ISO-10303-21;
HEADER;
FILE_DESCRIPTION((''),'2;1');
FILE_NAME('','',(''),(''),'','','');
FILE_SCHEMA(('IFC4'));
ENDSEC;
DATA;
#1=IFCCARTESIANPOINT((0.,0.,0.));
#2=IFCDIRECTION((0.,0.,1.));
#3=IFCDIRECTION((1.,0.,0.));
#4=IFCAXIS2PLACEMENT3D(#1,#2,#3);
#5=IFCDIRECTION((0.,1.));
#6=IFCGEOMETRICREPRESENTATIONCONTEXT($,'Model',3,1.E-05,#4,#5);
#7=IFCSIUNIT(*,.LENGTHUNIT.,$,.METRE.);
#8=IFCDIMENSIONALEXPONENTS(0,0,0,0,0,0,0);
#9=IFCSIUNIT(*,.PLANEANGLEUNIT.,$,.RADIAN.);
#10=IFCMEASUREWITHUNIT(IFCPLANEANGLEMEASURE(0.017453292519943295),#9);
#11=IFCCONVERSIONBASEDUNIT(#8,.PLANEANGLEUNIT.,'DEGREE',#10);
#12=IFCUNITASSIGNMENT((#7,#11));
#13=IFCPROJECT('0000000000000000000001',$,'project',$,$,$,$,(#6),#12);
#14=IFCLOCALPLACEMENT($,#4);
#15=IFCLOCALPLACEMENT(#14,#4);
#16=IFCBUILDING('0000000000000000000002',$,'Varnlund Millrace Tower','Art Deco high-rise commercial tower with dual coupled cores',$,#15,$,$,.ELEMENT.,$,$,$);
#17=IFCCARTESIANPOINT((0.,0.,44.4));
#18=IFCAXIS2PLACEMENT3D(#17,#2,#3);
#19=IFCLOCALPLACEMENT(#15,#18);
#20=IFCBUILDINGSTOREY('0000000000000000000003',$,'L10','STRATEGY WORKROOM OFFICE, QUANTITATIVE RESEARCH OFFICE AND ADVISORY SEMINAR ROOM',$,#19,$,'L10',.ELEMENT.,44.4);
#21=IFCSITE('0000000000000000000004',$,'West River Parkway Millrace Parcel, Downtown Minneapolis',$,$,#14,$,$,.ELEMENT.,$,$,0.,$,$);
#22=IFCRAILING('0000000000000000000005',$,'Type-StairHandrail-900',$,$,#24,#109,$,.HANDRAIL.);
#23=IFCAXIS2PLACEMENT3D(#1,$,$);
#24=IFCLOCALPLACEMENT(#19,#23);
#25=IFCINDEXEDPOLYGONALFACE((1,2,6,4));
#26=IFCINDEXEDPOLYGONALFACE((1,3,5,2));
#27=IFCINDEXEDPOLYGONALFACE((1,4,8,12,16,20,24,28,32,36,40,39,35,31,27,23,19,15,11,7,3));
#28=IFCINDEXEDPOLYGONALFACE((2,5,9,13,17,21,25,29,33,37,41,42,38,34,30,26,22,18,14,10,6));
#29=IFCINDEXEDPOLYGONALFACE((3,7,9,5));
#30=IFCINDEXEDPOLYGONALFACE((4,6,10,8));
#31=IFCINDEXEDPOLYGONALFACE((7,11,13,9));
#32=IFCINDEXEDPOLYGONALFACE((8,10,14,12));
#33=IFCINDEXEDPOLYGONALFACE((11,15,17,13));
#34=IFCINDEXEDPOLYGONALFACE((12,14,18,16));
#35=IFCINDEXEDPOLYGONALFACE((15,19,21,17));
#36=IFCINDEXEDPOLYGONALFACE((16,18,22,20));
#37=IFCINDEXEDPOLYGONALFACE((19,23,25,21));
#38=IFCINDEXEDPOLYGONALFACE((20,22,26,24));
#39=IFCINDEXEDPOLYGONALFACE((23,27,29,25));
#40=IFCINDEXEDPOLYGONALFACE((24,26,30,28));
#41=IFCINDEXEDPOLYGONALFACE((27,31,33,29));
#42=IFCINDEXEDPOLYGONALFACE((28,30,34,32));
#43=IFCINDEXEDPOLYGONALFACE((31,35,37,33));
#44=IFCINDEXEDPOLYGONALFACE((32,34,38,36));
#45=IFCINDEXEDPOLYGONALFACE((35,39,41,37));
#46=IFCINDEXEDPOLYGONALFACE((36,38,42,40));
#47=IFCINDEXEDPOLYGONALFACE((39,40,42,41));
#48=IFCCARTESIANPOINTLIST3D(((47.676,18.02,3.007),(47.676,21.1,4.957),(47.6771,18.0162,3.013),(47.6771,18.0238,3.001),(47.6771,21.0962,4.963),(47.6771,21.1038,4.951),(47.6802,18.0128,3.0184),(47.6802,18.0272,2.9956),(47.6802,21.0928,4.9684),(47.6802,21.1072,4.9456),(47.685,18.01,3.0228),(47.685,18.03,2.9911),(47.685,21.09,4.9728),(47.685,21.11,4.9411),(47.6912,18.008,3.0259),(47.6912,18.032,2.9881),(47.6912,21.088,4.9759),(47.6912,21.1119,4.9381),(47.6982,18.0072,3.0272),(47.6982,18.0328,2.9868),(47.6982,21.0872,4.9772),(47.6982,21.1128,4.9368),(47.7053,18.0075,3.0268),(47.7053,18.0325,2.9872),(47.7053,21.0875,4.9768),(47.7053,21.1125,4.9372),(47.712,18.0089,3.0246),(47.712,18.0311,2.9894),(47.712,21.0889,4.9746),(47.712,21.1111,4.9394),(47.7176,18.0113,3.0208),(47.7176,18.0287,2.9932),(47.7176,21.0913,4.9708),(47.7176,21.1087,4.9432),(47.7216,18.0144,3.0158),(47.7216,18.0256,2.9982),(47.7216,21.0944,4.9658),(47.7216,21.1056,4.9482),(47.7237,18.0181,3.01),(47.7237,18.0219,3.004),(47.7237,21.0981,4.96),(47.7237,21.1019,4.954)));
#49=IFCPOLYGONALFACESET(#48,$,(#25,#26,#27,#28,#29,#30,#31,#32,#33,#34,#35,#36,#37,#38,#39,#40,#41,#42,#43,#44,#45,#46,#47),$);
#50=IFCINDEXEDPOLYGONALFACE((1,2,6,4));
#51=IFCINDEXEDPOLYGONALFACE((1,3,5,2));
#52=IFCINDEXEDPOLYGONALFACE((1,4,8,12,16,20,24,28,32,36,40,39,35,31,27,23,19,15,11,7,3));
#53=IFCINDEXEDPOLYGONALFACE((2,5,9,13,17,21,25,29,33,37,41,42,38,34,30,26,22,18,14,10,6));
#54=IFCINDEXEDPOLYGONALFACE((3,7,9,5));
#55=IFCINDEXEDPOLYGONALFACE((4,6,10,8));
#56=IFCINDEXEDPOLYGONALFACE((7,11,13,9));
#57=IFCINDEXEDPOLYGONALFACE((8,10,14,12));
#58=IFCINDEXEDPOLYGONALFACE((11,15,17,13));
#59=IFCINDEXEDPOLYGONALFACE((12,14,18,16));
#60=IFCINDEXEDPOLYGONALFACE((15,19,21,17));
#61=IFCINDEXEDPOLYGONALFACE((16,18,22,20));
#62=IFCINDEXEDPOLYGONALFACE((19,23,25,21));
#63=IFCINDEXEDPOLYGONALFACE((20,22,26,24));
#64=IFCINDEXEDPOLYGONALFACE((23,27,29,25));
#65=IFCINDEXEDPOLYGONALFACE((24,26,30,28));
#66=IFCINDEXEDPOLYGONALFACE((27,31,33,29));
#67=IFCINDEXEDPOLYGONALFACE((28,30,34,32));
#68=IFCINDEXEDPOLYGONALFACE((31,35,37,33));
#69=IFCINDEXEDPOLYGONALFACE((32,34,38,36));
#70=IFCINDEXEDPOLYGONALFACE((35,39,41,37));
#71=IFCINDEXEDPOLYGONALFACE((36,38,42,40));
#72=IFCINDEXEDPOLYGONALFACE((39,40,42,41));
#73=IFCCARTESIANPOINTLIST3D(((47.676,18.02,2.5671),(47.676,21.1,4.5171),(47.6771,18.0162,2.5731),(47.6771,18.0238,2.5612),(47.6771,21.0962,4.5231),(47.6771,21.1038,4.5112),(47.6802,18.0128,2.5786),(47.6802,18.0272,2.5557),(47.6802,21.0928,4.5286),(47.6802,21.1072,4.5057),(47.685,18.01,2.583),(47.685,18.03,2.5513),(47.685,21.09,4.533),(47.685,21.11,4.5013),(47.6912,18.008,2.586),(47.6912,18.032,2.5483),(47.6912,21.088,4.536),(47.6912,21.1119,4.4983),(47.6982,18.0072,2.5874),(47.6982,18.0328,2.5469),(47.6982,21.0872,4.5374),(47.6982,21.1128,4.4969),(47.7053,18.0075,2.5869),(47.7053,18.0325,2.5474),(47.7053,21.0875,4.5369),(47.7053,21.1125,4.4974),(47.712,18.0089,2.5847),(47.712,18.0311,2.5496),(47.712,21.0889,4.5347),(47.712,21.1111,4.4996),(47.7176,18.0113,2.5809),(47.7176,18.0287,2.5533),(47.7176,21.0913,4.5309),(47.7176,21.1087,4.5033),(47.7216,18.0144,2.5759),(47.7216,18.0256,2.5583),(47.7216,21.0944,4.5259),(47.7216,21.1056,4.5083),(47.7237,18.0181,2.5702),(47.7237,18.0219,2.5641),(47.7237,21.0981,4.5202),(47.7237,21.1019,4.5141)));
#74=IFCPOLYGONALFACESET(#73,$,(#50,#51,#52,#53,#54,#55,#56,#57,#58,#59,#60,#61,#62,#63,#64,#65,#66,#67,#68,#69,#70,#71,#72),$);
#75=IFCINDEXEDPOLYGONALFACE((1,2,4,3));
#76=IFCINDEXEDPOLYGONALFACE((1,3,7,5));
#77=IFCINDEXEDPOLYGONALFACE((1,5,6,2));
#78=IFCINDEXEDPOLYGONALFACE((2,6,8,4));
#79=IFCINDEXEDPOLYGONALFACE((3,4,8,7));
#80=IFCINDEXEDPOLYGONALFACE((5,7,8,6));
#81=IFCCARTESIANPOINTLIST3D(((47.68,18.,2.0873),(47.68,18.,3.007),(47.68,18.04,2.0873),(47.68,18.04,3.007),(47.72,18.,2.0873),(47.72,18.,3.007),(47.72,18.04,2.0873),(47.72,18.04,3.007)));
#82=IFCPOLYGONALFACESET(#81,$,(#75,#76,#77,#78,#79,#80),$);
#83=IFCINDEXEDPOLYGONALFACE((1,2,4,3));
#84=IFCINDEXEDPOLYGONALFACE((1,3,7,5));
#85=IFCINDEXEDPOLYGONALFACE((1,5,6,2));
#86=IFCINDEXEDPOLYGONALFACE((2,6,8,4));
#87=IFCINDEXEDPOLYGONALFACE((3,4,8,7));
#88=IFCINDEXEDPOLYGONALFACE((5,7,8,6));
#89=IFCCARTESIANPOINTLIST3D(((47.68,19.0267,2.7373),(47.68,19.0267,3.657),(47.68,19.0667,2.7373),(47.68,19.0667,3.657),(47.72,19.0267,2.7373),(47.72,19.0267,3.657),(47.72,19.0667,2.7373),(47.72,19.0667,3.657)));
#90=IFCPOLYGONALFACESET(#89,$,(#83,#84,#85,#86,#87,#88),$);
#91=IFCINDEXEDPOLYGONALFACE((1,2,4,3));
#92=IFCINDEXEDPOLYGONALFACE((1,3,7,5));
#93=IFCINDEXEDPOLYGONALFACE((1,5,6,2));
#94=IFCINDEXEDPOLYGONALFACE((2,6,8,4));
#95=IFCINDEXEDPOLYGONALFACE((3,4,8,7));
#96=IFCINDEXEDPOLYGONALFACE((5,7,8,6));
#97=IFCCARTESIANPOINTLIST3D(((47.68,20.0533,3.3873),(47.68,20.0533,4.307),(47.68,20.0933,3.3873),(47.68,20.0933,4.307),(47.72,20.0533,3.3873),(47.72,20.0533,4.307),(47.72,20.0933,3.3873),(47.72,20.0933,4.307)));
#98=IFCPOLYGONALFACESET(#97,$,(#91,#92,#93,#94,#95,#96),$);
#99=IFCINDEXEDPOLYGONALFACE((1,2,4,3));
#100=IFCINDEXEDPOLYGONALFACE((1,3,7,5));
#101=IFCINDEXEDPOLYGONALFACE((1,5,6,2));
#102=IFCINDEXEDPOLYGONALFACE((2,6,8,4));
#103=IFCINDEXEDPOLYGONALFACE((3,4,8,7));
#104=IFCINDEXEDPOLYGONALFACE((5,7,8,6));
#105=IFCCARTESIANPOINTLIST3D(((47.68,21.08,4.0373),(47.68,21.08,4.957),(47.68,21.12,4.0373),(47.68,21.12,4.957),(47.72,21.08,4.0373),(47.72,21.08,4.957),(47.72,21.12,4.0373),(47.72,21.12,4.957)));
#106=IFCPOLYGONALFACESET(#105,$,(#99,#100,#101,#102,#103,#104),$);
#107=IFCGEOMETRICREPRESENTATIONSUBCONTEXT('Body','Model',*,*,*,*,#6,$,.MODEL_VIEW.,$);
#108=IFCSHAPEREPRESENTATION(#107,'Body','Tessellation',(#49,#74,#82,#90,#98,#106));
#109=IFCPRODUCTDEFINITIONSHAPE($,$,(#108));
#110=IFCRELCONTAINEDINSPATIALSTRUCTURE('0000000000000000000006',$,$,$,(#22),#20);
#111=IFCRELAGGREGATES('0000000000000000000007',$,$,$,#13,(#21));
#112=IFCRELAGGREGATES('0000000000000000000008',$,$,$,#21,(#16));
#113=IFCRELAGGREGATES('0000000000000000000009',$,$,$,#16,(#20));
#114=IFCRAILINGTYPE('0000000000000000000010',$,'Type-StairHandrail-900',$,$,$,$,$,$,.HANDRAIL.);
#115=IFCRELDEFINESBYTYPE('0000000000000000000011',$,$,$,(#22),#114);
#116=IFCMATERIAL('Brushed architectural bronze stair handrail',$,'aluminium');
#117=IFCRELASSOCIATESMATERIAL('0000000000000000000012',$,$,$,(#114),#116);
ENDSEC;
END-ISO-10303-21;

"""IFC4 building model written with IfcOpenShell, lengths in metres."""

from ifc_helpers import new_model, entity, si_unit, converted_unit, direction, frame, origin_with_axes, origin_2d_with_axis, place, context, subcontext, project, spatial, rectangle, circle, extrude, material, type_object, element, save


model = new_model("IFC4")

# Units and contexts
model_context = context("Model", 3, precision=1e-05, world=origin_with_axes(), true_north=direction((0.0, 1.0)))
body_context = subcontext(model_context, "Body", "Model", "MODEL_VIEW")
ifc_project = project(units=[si_unit("LENGTHUNIT", "METRE"), converted_unit("PLANEANGLEUNIT", "DEGREE", entity("IfcPlaneAngleMeasure", 0.017453292519943295), si_unit("PLANEANGLEUNIT", "RADIAN"), dimensions=[0, 0, 0, 0, 0, 0, 0])], contexts=[model_context])

# Site, building, storey
site_placement = place(None, origin_with_axes())
site = spatial("IfcSite", under=ifc_project, at=site_placement, Name="West River Parkway Millrace Parcel, Downtown Minneapolis", CompositionType="ELEMENT", RefElevation=0.0)
building_placement = place(site_placement, origin_with_axes())
building = spatial("IfcBuilding", under=site, at=building_placement, Name="Varnlund Millrace Tower", Description="Art Deco high-rise commercial tower with dual coupled cores", CompositionType="ELEMENT")
storey_placement = place(building_placement, frame((0.0, 0.0, 44.4), z_axis=(0.0, 0.0, 1.0), x_axis=(1.0, 0.0, 0.0)))
storey = spatial("IfcBuildingStorey", under=building, at=storey_placement, Name="L10", Description="STRATEGY WORKROOM OFFICE, QUANTITATIVE RESEARCH OFFICE AND ADVISORY SEMINAR ROOM", LongName="L10", CompositionType="ELEMENT", Elevation=44.4)

# Railing
ifc_material_1 = material(Name="Brushed architectural bronze stair handrail", Category="aluminium")
railing_type_1 = type_object("IfcRailingType", Name="Type-StairHandrail-900", PredefinedType="HANDRAIL", material=ifc_material_1)
railing_1_placement = place(storey_placement, frame((0.0, 0.0, -44.4), z_axis=(0.0, 0.0, 1.0), x_axis=(1.0, 0.0, 0.0)))
element("IfcRailing", 1, at=railing_1_placement, inside=storey, type_object=railing_type_1, Name="Type-StairHandrail-900", PredefinedType="HANDRAIL", context=body_context, shape_type="SweptSolid", body=[
    extrude(circle(Radius=0.024, at=origin_2d_with_axis()), frame((47.7, 18.02, 47.407), z_axis=(0.0, 0.844902, 0.534922), x_axis=(-1.0, 0.0, 0.0)), (0.0, 0.0, 1.0), 3.6454),
    extrude(circle(Radius=0.024, at=origin_2d_with_axis()), frame((47.7, 18.02, 46.9671), z_axis=(0.0, 0.844902, 0.534922), x_axis=(-1.0, 0.0, 0.0)), (0.0, 0.0, 1.0), 3.6454),
    extrude(rectangle(XDim=0.04, YDim=0.04, at=origin_2d_with_axis()), frame((47.7, 18.02, 46.4873), z_axis=(0.0, 0.0, 1.0), x_axis=(1.0, 0.0, 0.0)), (0.0, 0.0, 1.0), 0.9197),
    extrude(rectangle(XDim=0.04, YDim=0.04, at=origin_2d_with_axis()), frame((47.7, 19.0467, 47.1373), z_axis=(0.0, 0.0, 1.0), x_axis=(1.0, 0.0, 0.0)), (0.0, 0.0, 1.0), 0.9197),
    extrude(rectangle(XDim=0.04, YDim=0.04, at=origin_2d_with_axis()), frame((47.7, 20.0733, 47.7873), z_axis=(0.0, 0.0, 1.0), x_axis=(1.0, 0.0, 0.0)), (0.0, 0.0, 1.0), 0.9197),
    extrude(rectangle(XDim=0.04, YDim=0.04, at=origin_2d_with_axis()), frame((47.7, 21.1, 48.4373), z_axis=(0.0, 0.0, 1.0), x_axis=(1.0, 0.0, 0.0)), (0.0, 0.0, 1.0), 0.9197),
])

save(model, "model.ifc")
